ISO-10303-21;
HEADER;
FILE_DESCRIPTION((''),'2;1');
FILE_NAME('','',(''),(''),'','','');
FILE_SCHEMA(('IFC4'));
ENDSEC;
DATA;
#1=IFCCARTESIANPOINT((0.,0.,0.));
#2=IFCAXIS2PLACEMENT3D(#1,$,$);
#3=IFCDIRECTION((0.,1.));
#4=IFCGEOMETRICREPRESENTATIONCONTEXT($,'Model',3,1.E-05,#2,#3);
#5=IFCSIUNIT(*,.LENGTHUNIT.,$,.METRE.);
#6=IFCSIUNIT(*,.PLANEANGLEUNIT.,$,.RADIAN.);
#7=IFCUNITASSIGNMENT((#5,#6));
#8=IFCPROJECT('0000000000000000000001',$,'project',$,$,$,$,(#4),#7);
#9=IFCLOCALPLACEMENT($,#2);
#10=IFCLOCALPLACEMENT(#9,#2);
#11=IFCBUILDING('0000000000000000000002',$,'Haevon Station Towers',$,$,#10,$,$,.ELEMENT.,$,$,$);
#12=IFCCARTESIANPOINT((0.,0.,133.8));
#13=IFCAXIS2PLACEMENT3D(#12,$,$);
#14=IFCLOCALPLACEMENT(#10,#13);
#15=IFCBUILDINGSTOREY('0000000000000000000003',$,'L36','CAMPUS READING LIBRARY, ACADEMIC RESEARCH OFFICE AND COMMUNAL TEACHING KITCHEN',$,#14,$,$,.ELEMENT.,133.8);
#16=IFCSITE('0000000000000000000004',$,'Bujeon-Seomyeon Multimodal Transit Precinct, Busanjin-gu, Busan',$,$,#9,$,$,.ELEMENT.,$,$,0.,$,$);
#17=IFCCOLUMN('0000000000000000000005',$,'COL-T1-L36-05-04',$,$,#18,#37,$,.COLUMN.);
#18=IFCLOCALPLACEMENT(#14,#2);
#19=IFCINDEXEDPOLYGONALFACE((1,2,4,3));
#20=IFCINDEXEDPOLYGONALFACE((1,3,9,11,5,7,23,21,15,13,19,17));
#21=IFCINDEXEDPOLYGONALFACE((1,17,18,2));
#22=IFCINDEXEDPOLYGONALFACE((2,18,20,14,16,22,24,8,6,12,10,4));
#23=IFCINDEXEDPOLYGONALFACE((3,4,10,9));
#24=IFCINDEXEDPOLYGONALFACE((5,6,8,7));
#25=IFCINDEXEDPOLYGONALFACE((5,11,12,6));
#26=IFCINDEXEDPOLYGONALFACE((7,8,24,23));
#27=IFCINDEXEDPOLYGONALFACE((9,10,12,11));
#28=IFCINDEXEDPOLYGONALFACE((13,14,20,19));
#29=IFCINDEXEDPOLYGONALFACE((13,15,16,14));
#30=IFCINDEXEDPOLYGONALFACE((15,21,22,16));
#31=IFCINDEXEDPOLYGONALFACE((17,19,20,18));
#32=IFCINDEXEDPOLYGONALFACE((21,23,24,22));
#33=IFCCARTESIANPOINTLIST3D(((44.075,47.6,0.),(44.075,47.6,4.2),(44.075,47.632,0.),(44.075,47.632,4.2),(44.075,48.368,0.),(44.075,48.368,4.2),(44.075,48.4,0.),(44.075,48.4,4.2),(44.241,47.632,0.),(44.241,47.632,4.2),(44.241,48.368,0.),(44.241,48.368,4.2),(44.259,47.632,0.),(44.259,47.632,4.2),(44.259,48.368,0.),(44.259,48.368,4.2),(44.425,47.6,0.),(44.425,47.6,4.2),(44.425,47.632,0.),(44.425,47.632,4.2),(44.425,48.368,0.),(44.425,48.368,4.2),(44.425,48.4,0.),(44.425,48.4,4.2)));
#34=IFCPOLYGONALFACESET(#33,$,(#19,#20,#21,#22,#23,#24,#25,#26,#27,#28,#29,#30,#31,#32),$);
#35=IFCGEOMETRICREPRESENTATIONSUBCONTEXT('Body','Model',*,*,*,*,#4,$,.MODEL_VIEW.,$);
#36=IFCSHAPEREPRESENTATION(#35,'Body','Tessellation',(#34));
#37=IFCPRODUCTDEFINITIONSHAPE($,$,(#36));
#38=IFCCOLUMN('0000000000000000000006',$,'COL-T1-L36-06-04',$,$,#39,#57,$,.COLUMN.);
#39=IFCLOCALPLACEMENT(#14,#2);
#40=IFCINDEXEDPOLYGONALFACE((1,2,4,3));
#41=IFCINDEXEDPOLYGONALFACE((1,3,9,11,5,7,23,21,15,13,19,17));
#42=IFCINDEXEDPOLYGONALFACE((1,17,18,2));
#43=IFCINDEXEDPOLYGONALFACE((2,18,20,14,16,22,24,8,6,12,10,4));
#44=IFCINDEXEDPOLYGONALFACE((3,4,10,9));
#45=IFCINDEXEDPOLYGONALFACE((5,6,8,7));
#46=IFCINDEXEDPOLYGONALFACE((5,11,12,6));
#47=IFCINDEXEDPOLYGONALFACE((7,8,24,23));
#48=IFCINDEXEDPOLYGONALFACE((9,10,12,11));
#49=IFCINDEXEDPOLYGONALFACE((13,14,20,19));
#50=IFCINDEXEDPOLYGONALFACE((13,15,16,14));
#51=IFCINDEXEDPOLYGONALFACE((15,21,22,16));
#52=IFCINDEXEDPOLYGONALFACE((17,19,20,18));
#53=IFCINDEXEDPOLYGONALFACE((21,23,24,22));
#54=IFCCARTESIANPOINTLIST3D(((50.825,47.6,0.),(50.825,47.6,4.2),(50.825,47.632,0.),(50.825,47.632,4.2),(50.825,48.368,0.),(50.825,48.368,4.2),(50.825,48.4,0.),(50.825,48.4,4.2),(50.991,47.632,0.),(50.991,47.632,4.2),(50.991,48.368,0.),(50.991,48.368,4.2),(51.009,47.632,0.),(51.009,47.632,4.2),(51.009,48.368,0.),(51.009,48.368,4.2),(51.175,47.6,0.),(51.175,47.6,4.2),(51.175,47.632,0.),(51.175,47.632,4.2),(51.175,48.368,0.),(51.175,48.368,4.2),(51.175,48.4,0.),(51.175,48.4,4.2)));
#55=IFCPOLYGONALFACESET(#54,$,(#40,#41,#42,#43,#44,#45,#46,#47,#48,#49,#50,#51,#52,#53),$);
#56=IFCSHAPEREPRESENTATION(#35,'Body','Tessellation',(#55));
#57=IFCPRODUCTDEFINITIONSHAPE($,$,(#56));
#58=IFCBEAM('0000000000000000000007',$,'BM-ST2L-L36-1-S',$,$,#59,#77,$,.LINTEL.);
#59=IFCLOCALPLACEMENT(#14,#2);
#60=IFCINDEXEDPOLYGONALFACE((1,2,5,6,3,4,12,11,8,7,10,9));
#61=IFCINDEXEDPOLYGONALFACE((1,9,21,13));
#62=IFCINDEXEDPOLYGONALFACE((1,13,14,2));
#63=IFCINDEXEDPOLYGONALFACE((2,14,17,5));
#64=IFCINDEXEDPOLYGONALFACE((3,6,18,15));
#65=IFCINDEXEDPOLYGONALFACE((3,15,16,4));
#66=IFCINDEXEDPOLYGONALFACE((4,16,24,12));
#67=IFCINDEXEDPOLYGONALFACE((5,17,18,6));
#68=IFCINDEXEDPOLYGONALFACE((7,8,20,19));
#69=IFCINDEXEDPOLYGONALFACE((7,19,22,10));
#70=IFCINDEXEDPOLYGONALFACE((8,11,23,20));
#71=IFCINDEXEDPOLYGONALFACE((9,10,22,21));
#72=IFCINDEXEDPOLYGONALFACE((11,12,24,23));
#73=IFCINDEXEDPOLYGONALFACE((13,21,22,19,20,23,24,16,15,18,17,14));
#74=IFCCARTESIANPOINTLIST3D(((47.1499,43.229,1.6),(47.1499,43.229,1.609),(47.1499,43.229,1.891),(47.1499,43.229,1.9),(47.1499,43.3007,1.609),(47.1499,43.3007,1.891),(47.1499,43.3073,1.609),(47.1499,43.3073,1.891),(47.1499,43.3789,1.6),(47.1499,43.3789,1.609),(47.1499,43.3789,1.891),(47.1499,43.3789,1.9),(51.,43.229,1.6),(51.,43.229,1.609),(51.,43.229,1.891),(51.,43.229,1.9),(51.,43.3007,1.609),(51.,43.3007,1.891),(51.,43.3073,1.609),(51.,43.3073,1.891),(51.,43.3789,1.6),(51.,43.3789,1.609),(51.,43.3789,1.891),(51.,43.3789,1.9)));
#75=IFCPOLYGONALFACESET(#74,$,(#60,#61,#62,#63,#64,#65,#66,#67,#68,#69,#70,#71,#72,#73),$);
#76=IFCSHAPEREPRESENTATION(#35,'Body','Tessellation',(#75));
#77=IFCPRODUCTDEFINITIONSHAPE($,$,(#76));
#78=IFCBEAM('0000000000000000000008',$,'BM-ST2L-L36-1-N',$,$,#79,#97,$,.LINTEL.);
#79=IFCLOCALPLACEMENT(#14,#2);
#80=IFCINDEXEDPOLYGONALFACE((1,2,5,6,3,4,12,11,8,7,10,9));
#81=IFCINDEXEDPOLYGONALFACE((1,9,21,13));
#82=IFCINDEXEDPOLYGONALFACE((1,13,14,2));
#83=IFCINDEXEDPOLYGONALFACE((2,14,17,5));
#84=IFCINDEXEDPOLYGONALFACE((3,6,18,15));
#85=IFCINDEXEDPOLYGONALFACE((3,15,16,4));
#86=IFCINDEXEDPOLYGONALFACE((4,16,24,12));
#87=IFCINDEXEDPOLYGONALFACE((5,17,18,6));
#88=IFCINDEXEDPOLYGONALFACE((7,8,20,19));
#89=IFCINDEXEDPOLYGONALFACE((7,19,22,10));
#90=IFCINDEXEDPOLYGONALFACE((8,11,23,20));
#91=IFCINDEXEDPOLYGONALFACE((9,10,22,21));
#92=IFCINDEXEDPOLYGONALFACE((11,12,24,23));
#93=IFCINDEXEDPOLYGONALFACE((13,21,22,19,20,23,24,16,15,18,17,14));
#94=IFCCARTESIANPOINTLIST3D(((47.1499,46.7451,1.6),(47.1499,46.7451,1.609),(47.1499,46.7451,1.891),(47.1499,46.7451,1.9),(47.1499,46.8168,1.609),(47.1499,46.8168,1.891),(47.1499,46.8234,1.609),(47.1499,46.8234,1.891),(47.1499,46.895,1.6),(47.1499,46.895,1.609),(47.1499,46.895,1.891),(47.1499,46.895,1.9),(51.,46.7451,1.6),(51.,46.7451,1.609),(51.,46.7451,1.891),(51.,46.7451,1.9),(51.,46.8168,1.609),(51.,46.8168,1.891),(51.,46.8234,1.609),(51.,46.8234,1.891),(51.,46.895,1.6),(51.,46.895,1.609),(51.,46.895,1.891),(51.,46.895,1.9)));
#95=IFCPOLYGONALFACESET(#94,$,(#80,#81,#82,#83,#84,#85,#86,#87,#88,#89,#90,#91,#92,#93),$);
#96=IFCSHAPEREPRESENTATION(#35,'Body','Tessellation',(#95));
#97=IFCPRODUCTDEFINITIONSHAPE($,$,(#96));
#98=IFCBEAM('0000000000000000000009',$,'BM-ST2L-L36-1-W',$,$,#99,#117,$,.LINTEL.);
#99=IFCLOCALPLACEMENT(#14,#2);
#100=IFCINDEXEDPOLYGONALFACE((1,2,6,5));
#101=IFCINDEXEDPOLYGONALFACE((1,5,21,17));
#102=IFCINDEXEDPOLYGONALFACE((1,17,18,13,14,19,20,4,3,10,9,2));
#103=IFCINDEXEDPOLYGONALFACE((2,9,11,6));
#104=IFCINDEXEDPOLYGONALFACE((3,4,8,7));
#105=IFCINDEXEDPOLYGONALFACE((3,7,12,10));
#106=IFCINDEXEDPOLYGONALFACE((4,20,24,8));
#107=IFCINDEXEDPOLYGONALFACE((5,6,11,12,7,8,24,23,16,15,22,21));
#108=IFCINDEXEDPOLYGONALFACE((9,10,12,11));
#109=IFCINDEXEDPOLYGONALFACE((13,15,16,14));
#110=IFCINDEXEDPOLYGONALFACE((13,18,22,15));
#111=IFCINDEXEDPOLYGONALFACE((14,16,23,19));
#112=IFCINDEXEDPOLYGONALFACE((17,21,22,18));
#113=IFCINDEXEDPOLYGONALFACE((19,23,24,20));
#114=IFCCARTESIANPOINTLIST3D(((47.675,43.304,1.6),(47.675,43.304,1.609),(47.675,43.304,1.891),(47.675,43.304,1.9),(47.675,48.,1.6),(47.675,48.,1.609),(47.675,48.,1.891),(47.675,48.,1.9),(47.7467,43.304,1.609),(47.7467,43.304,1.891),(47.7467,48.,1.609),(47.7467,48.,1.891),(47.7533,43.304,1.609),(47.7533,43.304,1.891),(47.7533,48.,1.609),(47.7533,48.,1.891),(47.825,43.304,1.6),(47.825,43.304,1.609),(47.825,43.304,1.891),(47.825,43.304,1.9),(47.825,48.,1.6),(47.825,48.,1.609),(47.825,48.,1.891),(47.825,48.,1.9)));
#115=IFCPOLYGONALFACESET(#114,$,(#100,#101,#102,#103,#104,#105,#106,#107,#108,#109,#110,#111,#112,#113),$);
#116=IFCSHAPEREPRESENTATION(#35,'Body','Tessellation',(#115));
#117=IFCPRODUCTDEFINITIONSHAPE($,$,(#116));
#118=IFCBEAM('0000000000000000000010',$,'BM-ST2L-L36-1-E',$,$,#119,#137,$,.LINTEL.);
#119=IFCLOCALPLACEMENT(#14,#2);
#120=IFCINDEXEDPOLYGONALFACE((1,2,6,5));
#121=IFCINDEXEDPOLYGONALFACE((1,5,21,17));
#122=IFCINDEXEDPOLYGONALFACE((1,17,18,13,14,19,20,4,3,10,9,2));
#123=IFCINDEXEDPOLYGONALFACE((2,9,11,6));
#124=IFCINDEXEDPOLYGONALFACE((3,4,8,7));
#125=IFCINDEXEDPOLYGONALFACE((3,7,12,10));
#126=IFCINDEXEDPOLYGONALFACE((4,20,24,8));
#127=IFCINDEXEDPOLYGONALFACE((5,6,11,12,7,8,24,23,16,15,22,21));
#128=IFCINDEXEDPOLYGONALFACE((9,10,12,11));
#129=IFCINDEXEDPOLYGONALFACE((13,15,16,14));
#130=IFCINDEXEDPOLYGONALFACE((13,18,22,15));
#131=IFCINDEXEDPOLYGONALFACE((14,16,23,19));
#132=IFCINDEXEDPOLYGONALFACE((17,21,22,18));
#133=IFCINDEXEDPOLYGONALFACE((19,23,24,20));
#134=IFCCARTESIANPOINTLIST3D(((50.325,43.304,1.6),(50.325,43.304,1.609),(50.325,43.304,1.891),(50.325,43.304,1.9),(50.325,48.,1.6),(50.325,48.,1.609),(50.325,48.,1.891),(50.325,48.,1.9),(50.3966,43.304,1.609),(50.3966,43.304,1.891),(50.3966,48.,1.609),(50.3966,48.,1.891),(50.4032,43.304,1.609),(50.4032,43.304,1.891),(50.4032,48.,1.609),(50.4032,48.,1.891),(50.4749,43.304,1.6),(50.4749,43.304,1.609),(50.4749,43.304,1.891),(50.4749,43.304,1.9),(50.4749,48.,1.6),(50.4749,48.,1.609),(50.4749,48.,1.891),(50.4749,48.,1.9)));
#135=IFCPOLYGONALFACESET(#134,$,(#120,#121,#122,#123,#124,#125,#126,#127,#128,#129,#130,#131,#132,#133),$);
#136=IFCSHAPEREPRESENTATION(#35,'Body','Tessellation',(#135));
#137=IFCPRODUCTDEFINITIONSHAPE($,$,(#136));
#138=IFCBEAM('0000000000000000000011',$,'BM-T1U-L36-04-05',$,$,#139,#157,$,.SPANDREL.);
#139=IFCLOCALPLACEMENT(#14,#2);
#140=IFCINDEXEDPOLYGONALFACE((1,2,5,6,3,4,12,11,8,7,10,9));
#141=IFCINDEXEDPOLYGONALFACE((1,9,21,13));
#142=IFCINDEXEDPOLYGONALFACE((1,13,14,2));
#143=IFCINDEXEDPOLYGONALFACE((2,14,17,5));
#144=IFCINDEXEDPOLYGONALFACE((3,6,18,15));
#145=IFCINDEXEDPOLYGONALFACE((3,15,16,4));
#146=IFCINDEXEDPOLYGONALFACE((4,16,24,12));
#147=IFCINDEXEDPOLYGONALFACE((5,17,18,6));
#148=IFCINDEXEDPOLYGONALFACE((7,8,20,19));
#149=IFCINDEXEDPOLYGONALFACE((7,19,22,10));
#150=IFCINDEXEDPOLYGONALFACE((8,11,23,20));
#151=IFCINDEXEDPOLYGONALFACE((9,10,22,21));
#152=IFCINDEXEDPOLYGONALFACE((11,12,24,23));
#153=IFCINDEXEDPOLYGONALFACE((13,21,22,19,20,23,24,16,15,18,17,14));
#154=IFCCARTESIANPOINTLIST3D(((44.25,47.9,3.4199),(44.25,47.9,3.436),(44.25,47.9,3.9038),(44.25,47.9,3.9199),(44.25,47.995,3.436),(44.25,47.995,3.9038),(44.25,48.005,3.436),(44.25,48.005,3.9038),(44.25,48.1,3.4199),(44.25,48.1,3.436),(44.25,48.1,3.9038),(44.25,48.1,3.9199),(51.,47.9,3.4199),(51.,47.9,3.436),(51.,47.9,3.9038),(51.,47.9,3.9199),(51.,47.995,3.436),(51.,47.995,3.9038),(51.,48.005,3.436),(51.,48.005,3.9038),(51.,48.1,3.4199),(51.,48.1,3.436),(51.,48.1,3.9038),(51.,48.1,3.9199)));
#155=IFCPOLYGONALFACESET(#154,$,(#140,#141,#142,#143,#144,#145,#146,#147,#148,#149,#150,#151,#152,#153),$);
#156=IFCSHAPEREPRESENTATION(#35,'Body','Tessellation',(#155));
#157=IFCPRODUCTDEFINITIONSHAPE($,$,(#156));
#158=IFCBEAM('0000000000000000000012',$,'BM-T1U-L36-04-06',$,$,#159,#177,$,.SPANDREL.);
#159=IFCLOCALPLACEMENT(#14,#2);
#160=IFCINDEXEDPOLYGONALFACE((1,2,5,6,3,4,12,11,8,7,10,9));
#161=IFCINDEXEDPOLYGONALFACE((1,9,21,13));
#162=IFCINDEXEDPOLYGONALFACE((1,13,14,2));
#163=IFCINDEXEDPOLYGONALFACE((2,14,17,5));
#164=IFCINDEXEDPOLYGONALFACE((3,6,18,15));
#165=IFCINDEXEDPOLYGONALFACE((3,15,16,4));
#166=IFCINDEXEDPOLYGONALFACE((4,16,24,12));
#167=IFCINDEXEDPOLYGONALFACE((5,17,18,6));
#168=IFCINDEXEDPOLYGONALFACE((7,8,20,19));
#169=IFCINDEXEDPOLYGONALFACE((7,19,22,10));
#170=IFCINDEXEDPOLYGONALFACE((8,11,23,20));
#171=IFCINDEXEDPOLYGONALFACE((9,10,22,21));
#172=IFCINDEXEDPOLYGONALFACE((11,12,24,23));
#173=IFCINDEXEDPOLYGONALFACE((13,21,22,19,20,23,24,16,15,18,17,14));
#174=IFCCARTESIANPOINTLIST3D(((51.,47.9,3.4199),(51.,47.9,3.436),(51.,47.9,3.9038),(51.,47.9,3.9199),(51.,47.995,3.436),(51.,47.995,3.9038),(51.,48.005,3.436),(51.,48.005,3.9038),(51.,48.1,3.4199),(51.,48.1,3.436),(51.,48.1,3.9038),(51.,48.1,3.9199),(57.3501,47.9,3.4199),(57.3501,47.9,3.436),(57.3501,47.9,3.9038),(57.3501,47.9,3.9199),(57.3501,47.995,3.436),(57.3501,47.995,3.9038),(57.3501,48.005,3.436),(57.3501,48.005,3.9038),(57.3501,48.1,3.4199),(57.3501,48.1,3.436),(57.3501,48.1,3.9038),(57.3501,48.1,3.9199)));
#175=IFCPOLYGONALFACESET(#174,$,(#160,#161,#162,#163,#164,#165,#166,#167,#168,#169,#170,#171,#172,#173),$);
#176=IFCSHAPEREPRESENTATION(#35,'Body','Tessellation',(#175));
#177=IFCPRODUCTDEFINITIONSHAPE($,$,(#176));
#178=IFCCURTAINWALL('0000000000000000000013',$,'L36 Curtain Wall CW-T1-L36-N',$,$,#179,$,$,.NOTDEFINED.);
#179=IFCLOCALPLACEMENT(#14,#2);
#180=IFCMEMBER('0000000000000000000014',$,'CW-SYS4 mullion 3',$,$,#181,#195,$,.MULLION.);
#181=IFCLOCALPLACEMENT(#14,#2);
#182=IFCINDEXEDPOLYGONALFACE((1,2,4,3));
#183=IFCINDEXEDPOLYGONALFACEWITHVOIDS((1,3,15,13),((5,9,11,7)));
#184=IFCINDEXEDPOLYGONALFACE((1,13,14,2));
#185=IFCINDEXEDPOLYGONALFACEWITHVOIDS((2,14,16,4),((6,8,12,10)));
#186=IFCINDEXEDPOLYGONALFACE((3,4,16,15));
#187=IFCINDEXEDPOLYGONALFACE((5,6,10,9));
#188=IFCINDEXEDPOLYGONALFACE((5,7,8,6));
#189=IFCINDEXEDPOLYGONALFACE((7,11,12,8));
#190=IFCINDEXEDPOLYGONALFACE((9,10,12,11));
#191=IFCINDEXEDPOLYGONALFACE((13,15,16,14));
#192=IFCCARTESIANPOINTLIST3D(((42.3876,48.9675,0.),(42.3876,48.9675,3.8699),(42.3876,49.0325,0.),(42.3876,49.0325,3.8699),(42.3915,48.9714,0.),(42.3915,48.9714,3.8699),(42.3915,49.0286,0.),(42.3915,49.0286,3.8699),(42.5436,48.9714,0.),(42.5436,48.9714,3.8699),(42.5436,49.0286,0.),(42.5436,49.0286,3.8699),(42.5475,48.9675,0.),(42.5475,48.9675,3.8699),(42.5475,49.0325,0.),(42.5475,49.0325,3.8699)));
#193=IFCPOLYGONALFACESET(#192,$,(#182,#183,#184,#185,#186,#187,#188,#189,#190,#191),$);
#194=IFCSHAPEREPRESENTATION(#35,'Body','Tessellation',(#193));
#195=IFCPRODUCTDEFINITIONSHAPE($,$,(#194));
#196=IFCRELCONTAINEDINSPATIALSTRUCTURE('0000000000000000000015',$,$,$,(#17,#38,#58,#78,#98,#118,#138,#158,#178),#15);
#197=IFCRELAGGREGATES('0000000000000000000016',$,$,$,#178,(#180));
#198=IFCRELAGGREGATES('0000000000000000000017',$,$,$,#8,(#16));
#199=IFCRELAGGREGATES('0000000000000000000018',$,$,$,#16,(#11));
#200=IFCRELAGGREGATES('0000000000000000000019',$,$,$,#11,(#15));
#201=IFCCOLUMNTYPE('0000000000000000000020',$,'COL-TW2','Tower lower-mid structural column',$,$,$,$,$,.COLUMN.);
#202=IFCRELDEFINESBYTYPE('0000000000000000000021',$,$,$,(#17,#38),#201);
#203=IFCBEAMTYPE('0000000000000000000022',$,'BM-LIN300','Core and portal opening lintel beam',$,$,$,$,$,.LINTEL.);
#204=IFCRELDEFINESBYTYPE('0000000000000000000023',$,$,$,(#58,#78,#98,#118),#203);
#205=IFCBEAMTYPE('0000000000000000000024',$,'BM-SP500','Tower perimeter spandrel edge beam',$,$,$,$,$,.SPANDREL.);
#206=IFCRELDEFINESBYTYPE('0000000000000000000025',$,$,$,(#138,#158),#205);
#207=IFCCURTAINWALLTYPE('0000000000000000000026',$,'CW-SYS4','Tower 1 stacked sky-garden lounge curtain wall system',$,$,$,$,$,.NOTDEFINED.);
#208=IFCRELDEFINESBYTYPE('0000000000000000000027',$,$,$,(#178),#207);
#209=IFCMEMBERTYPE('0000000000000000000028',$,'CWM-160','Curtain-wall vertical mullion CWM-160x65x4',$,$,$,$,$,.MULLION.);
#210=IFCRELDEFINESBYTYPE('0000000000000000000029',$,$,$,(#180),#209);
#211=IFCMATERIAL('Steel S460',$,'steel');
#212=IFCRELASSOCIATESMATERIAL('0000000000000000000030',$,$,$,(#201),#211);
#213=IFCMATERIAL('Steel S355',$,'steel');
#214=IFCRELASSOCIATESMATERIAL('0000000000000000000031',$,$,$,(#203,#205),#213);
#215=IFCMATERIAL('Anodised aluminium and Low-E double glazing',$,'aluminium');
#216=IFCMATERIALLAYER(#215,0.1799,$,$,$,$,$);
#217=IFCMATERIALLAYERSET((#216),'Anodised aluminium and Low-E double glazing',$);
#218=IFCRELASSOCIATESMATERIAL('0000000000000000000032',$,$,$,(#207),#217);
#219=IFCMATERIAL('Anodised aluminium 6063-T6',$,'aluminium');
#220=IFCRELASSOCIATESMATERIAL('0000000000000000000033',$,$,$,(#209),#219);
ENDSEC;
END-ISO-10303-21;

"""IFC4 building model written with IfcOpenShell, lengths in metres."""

from ifc_helpers import new_model, si_unit, direction, frame, origin, origin_2d, place, context, subcontext, project, spatial, hollow_rectangle, i_section, extrude, material, layer, layer_set, material_profile, profile_set, type_object, element, aggregate, save


model = new_model("IFC4")

# Units and contexts
model_context = context("Model", 3, precision=1e-05, world=origin(), true_north=direction((0.0, 1.0)))
body_context = subcontext(model_context, "Body", "Model", "MODEL_VIEW")
ifc_project = project(units=[si_unit("LENGTHUNIT", "METRE"), si_unit("PLANEANGLEUNIT", "RADIAN")], contexts=[model_context])

# Site, building, storey
site_placement = place(None, origin())
site = spatial("IfcSite", under=ifc_project, at=site_placement, Name="Bujeon-Seomyeon Multimodal Transit Precinct, Busanjin-gu, Busan", CompositionType="ELEMENT", RefElevation=0.0)
building_placement = place(site_placement, origin())
building = spatial("IfcBuilding", under=site, at=building_placement, Name="Haevon Station Towers", CompositionType="ELEMENT")
storey_placement = place(building_placement, frame((0.0, 0.0, 133.8)))
storey = spatial("IfcBuildingStorey", under=building, at=storey_placement, Name="L36", Description="CAMPUS READING LIBRARY, ACADEMIC RESEARCH OFFICE AND COMMUNAL TEACHING KITCHEN", CompositionType="ELEMENT", Elevation=133.8)

# Columns
ifc_material_1 = material(Name="Steel S460", Category="steel")
ifc_material_profile_1 = material_profile(ifc_material_1, i_section(OverallWidth=0.3501, OverallDepth=0.8, WebThickness=0.0181, FlangeThickness=0.032, at=origin_2d()), Name="H-800x350x18x32")
ifc_profile_set_1 = profile_set([ifc_material_profile_1], Name="Steel S460")
column_type = type_object("IfcColumnType", Name="COL-TW2", Description="Tower lower-mid structural column", PredefinedType="COLUMN", material=ifc_profile_set_1)
for number, where, z_axis, x_axis, name in (
    (1, (44.25, 48.0, 0.0), (0.0, 0.0, 1.0), (1.0, 0.0, 0.0), "COL-T1-L36-05-04"),
    (2, (51.0, 48.0, 0.0), (0.0, 0.0, 1.0), (1.0, 0.0, 0.0), "COL-T1-L36-06-04"),
):
    element("IfcColumn", number, at=place(storey_placement, frame(where, z_axis=z_axis, x_axis=x_axis)), inside=storey, type_object=column_type, Name=name, PredefinedType="COLUMN", context=body_context, shape_type="SweptSolid", body=[
        extrude(i_section(OverallWidth=0.3501, OverallDepth=0.8, WebThickness=0.0181, FlangeThickness=0.032, at=origin_2d()), origin(), (0.0, 0.0, 1.0), 4.2),
    ])

# Beams
ifc_material_2 = material(Name="Steel S355", Category="steel")
ifc_material_profile_2 = material_profile(ifc_material_2, i_section(OverallWidth=0.1499, OverallDepth=0.3, WebThickness=0.0066, FlangeThickness=0.009, at=origin_2d()), Name="H-300x150x6.5x9")
ifc_profile_set_2 = profile_set([ifc_material_profile_2], Name="Steel S355")
beam_type_1 = type_object("IfcBeamType", Name="BM-LIN300", Description="Core and portal opening lintel beam", PredefinedType="LINTEL", material=ifc_profile_set_2)
for number, where, z_axis, x_axis, name in (
    (3, (47.1499, 43.304, 1.75), (1.0, 0.0, 0.0), (0.0, 1.0, 0.0), "BM-ST2L-L36-1-S"),
    (4, (47.1499, 46.8201, 1.75), (1.0, 0.0, 0.0), (0.0, 1.0, 0.0), "BM-ST2L-L36-1-N"),
):
    element("IfcBeam", number, at=place(storey_placement, frame(where, z_axis=z_axis, x_axis=x_axis)), inside=storey, type_object=beam_type_1, Name=name, PredefinedType="LINTEL", context=body_context, shape_type="SweptSolid", body=[
        extrude(i_section(OverallWidth=0.1499, OverallDepth=0.3, WebThickness=0.0066, FlangeThickness=0.009, at=origin_2d()), origin(), (0.0, 0.0, 1.0), 3.8501),
    ])
for number, where, z_axis, x_axis, name in (
    (5, (47.75, 43.304, 1.75), (0.0, 1.0, 0.0), (-1.0, 0.0, 0.0), "BM-ST2L-L36-1-W"),
    (6, (50.3999, 43.304, 1.75), (0.0, 1.0, 0.0), (-1.0, 0.0, 0.0), "BM-ST2L-L36-1-E"),
):
    element("IfcBeam", number, at=place(storey_placement, frame(where, z_axis=z_axis, x_axis=x_axis)), inside=storey, type_object=beam_type_1, Name=name, PredefinedType="LINTEL", context=body_context, shape_type="SweptSolid", body=[
        extrude(i_section(OverallWidth=0.1499, OverallDepth=0.3, WebThickness=0.0066, FlangeThickness=0.009, at=origin_2d()), origin(), (0.0, 0.0, 1.0), 4.696),
    ])
ifc_material_profile_3 = material_profile(ifc_material_2, i_section(OverallWidth=0.2, OverallDepth=0.5, WebThickness=0.01, FlangeThickness=0.0161, at=origin_2d()), Name="H-500x200x10x16")
ifc_profile_set_3 = profile_set([ifc_material_profile_3], Name="Steel S355")
beam_type_2 = type_object("IfcBeamType", Name="BM-SP500", Description="Tower perimeter spandrel edge beam", PredefinedType="SPANDREL", material=ifc_profile_set_3)
beam_1_placement = place(storey_placement, frame((44.25, 48.0, 3.6699), z_axis=(1.0, 0.0, 0.0), x_axis=(0.0, 1.0, 0.0)))
element("IfcBeam", 7, at=beam_1_placement, inside=storey, type_object=beam_type_2, Name="BM-T1U-L36-04-05", PredefinedType="SPANDREL", context=body_context, shape_type="SweptSolid", body=[
    extrude(i_section(OverallWidth=0.2, OverallDepth=0.5, WebThickness=0.01, FlangeThickness=0.0161, at=origin_2d()), origin(), (0.0, 0.0, 1.0), 6.75),
])
beam_2_placement = place(storey_placement, frame((51.0, 48.0, 3.6699), z_axis=(1.0, 0.0, 0.0), x_axis=(0.0, 1.0, 0.0)))
element("IfcBeam", 8, at=beam_2_placement, inside=storey, type_object=beam_type_2, Name="BM-T1U-L36-04-06", PredefinedType="SPANDREL", context=body_context, shape_type="SweptSolid", body=[
    extrude(i_section(OverallWidth=0.2, OverallDepth=0.5, WebThickness=0.01, FlangeThickness=0.0161, at=origin_2d()), origin(), (0.0, 0.0, 1.0), 6.3501),
])

# Curtain wall, member
ifc_material_3 = material(Name="Anodised aluminium and Low-E double glazing", Category="aluminium")
ifc_layer_1 = layer(ifc_material_3, 0.1799)
ifc_layer_set_1 = layer_set([ifc_layer_1], Name="Anodised aluminium and Low-E double glazing")
curtain_wall_type = type_object("IfcCurtainWallType", Name="CW-SYS4", Description="Tower 1 stacked sky-garden lounge curtain wall system", PredefinedType="NOTDEFINED", material=ifc_layer_set_1)
curtain_wall_placement = place(storey_placement, origin())
curtain_wall = element("IfcCurtainWall", 9, at=curtain_wall_placement, inside=storey, type_object=curtain_wall_type, Name="L36 Curtain Wall CW-T1-L36-N", PredefinedType="NOTDEFINED")
ifc_material_4 = material(Name="Anodised aluminium 6063-T6", Category="aluminium")
ifc_material_profile_4 = material_profile(ifc_material_4, hollow_rectangle(XDim=0.0649, YDim=0.1599, WallThickness=0.0039, at=origin_2d()), Name="CWM-160x65x4")
ifc_profile_set_4 = profile_set([ifc_material_profile_4], Name="Anodised aluminium 6063-T6")
member_type = type_object("IfcMemberType", Name="CWM-160", Description="Curtain-wall vertical mullion CWM-160x65x4", PredefinedType="MULLION", material=ifc_profile_set_4)
member_placement = place(storey_placement, frame((42.4675, 49.0, 0.0), z_axis=(0.0, 0.0, 1.0), x_axis=(0.0, 1.0, 0.0)))
member = element("IfcMember", 10, at=member_placement, type_object=member_type, Name="CW-SYS4 mullion 3", PredefinedType="MULLION", context=body_context, shape_type="SweptSolid", body=[
    extrude(hollow_rectangle(XDim=0.0649, YDim=0.1599, WallThickness=0.0039, at=origin_2d()), origin(), (0.0, 0.0, 1.0), 3.8699),
])
aggregate(curtain_wall, [member])

save(model, "model.ifc")
